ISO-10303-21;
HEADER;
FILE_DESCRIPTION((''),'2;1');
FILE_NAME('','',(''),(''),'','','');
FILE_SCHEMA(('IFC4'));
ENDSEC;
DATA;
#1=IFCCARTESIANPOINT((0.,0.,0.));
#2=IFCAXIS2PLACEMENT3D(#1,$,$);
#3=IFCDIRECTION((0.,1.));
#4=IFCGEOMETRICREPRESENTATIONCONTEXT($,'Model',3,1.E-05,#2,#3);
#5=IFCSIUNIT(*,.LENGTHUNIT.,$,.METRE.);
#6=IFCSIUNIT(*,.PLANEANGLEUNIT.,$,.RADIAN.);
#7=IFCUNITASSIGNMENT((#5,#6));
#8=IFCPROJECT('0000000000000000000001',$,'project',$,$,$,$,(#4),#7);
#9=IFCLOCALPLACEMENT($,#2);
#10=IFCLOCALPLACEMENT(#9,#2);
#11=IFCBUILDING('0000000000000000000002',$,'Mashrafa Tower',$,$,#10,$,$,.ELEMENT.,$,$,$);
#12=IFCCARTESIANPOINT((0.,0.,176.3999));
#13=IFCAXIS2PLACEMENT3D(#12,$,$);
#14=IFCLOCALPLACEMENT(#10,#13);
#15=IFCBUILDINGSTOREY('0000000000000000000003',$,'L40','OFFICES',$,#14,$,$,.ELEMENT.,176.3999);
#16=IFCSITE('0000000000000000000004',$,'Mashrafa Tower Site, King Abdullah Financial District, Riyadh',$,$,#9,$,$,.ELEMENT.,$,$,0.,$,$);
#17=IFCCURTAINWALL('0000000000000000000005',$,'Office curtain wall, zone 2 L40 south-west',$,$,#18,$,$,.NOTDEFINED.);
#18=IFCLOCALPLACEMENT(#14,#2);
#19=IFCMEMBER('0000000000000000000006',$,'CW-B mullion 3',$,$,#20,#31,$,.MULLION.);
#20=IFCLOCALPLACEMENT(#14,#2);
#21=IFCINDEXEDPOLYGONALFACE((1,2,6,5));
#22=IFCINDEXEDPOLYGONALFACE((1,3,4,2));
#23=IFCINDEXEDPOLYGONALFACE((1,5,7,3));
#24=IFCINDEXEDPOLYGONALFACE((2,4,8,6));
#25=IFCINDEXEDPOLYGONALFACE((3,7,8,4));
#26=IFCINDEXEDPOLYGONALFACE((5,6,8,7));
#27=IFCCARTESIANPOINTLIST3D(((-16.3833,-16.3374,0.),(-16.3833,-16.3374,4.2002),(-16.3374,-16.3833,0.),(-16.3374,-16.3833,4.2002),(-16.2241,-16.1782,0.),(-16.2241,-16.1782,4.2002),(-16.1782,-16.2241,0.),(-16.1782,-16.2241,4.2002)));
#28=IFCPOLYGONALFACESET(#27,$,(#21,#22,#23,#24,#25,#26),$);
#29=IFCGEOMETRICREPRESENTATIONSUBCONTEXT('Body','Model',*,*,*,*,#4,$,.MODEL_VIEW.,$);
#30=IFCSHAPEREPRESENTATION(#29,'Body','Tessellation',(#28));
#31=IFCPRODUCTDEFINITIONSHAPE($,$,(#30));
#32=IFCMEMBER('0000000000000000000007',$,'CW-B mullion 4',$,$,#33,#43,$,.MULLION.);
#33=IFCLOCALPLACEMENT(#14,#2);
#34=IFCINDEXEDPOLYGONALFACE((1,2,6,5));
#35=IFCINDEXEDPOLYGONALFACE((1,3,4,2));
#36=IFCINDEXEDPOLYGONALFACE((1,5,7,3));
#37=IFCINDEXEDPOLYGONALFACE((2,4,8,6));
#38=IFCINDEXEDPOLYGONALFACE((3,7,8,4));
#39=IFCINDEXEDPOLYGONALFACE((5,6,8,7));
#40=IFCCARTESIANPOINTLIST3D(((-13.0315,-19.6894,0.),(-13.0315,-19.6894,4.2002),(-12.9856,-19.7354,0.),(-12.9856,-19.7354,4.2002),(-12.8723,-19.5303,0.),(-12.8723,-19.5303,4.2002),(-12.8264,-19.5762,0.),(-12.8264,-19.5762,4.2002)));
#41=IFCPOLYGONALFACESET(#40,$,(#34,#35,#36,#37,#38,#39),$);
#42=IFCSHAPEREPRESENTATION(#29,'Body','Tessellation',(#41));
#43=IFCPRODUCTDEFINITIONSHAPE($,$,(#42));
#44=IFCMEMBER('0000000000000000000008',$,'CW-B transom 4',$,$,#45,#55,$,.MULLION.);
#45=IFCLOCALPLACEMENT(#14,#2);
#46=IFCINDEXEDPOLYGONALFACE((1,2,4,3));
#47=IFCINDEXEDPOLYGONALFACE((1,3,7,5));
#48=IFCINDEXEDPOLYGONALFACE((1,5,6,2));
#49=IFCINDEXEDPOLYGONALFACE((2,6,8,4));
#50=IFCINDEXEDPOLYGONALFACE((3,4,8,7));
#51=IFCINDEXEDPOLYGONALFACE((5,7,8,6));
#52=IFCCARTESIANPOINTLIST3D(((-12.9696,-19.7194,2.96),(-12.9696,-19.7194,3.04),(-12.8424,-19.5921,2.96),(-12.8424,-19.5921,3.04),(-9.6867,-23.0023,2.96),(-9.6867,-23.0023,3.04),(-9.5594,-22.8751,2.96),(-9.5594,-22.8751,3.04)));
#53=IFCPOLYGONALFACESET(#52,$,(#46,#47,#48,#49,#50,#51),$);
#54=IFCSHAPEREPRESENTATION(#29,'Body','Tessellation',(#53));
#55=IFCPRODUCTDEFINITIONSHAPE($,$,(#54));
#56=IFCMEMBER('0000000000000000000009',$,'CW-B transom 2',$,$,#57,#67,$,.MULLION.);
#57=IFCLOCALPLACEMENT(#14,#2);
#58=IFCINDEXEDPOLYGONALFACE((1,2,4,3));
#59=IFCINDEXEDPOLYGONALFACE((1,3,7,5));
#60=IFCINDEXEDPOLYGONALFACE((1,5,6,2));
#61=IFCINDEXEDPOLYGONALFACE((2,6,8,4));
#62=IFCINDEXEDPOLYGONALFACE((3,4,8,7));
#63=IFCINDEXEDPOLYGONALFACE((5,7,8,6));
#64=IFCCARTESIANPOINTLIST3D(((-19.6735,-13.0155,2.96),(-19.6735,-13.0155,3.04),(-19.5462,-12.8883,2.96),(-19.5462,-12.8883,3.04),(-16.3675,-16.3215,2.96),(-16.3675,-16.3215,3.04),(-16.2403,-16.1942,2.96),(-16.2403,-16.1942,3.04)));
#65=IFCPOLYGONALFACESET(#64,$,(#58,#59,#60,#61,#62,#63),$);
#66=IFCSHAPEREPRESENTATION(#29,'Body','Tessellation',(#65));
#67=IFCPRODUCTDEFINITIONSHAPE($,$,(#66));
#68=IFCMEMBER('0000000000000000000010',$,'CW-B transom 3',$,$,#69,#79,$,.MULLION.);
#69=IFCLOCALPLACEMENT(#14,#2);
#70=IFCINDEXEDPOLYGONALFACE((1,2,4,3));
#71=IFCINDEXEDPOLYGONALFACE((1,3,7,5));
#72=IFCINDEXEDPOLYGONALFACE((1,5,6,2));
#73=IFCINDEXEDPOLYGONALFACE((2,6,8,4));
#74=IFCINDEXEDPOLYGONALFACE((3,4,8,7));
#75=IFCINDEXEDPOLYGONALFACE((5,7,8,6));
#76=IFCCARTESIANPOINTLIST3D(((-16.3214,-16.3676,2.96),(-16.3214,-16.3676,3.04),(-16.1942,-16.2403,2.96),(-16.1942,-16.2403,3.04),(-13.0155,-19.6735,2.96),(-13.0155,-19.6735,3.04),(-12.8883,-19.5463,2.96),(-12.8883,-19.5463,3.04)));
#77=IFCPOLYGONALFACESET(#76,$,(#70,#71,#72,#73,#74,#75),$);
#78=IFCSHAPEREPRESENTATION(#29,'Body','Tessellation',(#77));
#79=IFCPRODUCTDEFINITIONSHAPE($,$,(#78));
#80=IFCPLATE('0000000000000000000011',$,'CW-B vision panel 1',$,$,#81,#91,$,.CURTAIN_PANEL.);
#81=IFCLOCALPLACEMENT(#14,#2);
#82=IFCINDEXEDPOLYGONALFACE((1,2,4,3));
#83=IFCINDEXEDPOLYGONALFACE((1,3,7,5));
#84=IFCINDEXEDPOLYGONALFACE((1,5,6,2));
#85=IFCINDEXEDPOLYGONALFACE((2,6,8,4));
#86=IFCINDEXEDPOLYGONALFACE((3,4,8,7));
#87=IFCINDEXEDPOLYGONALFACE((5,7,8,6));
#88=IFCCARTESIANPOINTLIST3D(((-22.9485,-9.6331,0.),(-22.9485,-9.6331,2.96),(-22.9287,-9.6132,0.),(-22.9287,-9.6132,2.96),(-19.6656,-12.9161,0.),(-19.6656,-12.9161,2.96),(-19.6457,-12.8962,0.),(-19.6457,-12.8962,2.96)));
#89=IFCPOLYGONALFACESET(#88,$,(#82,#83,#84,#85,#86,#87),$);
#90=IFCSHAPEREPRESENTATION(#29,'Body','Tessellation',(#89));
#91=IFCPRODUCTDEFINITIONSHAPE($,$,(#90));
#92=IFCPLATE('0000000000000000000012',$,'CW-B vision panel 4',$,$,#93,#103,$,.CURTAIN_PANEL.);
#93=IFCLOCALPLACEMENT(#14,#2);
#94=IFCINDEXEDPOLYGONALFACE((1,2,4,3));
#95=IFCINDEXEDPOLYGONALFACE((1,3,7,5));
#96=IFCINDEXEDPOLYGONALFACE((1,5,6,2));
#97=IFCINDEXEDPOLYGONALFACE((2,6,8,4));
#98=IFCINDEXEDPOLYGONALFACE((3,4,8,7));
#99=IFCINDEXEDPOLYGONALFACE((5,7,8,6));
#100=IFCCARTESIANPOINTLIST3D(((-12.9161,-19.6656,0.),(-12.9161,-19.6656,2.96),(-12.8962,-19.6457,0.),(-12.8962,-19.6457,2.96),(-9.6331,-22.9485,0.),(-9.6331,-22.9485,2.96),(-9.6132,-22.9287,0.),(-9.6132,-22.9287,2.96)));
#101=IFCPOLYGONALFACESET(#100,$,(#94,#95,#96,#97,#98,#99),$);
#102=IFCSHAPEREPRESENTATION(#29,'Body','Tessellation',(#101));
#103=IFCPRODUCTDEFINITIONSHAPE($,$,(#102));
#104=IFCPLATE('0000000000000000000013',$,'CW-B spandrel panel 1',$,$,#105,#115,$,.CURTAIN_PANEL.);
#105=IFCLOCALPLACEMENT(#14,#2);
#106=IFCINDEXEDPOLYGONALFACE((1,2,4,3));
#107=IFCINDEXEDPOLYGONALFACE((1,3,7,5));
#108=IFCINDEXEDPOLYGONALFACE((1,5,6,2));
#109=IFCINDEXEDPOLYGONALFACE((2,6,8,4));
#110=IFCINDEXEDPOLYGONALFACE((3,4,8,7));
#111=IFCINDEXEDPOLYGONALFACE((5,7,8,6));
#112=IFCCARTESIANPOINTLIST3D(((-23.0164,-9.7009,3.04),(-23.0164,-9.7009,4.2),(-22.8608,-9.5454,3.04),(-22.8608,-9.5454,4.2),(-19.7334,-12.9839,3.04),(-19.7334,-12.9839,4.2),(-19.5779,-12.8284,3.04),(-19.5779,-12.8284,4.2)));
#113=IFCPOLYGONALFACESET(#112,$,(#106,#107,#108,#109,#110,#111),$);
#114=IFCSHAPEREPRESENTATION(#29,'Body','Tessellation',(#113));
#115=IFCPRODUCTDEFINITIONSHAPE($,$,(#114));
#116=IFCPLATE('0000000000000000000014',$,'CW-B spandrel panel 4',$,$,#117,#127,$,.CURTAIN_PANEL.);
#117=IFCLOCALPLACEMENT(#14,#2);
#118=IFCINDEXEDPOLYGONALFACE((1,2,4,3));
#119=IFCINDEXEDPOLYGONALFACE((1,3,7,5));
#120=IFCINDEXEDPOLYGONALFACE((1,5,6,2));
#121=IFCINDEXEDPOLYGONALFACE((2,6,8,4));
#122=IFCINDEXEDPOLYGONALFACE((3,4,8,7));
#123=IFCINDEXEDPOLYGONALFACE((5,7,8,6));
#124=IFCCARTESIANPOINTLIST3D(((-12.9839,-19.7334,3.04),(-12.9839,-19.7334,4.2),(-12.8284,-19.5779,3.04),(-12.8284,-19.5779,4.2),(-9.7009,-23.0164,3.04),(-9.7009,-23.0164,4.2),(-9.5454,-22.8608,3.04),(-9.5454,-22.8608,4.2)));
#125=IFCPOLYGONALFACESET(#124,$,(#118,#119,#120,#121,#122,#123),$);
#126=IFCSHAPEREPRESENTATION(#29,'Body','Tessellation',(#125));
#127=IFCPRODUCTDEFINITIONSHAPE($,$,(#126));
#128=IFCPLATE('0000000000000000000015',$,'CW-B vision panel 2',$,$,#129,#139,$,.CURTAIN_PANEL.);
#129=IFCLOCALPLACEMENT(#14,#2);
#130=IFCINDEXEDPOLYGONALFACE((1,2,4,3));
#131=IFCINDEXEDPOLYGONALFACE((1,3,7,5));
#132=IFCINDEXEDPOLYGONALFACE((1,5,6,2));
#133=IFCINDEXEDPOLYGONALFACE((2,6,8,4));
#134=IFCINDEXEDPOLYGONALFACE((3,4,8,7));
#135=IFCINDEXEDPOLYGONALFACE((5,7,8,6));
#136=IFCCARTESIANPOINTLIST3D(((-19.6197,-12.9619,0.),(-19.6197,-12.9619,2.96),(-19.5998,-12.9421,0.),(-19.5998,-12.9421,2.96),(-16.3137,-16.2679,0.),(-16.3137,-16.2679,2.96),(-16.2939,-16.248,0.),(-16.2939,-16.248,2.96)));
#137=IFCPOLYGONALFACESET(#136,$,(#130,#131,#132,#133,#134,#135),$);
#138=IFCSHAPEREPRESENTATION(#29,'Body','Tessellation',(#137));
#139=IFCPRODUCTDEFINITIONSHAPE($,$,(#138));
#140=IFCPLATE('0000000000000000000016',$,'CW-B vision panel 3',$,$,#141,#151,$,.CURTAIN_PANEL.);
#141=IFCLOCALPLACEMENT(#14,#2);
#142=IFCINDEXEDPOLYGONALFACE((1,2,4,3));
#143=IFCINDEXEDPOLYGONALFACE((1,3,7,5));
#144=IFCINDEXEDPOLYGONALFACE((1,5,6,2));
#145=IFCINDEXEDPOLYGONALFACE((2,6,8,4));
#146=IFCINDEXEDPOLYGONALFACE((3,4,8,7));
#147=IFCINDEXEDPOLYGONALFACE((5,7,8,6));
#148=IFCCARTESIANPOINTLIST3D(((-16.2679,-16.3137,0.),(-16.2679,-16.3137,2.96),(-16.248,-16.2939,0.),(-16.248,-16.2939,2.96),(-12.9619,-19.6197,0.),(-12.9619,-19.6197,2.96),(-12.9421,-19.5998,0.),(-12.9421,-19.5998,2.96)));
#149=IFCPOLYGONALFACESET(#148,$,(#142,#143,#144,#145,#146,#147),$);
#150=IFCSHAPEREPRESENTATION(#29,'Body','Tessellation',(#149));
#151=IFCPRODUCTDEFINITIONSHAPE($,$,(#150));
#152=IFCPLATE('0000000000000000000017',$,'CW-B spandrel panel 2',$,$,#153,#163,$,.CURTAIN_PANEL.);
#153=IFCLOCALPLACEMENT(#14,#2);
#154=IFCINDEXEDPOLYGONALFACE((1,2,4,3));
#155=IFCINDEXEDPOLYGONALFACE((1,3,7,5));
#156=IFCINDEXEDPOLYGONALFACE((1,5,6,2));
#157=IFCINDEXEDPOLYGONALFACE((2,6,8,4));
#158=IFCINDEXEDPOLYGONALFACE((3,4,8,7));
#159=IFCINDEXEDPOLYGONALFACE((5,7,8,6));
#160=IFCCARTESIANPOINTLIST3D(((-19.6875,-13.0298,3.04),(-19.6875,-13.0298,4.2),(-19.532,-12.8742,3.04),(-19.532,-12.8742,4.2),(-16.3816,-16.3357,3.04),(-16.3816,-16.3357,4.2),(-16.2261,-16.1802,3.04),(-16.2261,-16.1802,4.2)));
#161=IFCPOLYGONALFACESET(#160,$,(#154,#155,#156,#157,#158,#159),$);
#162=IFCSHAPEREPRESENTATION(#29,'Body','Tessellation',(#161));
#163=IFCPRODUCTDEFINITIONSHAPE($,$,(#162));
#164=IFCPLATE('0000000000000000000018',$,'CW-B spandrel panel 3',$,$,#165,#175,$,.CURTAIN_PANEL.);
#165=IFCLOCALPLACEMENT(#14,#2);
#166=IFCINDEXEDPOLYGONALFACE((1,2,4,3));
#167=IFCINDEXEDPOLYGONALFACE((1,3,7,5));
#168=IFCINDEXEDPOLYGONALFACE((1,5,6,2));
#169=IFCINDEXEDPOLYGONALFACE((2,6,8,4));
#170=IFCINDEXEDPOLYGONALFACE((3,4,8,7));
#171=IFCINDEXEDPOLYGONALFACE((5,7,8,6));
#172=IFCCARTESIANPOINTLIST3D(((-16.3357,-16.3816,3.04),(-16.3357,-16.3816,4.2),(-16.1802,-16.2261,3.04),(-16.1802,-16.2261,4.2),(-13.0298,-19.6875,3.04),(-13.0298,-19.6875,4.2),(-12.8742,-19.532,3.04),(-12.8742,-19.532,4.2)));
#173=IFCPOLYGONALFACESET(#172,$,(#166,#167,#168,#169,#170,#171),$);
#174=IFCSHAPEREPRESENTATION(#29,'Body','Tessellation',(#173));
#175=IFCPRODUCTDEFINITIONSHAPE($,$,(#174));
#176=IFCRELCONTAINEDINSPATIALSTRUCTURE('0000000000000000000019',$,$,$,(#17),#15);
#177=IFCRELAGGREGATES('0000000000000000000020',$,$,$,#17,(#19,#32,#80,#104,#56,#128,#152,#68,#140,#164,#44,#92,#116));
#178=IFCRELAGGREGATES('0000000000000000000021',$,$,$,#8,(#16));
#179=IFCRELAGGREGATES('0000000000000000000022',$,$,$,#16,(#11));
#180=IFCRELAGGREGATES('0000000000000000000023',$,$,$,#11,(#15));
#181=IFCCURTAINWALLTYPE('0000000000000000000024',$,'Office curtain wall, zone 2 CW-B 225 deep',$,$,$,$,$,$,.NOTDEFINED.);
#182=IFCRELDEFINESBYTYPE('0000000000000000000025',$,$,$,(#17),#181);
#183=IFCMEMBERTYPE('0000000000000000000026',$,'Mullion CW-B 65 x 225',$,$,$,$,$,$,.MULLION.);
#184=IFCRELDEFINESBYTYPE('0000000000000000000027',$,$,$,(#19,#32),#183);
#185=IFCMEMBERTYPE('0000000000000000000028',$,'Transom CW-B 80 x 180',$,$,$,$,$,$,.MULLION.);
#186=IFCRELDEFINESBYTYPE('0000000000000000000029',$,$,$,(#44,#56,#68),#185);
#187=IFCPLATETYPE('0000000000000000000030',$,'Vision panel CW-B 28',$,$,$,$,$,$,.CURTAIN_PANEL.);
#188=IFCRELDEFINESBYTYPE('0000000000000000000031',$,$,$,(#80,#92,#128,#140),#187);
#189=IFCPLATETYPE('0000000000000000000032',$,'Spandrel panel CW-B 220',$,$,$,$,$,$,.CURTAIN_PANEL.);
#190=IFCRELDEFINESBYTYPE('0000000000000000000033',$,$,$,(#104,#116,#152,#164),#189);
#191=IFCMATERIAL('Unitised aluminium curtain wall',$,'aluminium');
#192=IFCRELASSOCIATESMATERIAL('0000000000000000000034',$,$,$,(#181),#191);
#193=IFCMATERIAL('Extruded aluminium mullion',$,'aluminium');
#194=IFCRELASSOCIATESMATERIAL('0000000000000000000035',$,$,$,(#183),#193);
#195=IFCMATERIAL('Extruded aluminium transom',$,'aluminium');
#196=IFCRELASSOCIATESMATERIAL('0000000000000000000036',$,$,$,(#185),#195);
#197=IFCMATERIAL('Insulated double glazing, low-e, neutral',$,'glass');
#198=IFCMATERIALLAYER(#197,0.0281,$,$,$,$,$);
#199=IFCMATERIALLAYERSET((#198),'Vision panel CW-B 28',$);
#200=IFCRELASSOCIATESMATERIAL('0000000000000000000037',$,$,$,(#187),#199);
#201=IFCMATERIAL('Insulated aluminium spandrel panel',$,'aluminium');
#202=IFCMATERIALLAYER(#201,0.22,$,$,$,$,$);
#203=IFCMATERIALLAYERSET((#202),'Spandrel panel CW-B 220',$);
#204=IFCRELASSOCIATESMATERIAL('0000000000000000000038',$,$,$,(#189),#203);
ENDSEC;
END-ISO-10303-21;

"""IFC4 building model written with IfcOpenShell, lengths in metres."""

from ifc_helpers import new_model, si_unit, direction, frame, origin, origin_2d, place, context, subcontext, project, spatial, rectangle, extrude, source, transform, mapped, material, layer, layer_set, material_profile, profile_set, type_object, type_shapes, element, aggregate, save


model = new_model("IFC4")

# Units and contexts
model_context = context("Model", 3, precision=1e-05, world=origin(), true_north=direction((0.0, 1.0)))
body_context = subcontext(model_context, "Body", "Model", "MODEL_VIEW")
ifc_project = project(units=[si_unit("LENGTHUNIT", "METRE"), si_unit("PLANEANGLEUNIT", "RADIAN")], contexts=[model_context])

# Site, building, storey
site_placement = place(None, origin())
site = spatial("IfcSite", under=ifc_project, at=site_placement, Name="Mashrafa Tower Site, King Abdullah Financial District, Riyadh", CompositionType="ELEMENT", RefElevation=0.0)
building_placement = place(site_placement, origin())
building = spatial("IfcBuilding", under=site, at=building_placement, Name="Mashrafa Tower", CompositionType="ELEMENT")
storey_placement = place(building_placement, frame((0.0, 0.0, 176.3999)))
storey = spatial("IfcBuildingStorey", under=building, at=storey_placement, Name="L40", Description="OFFICES", CompositionType="ELEMENT", Elevation=176.3999)

# Curtain wall, members, plates
ifc_material_1 = material(Name="Unitised aluminium curtain wall", Category="aluminium")
curtain_wall_type = type_object("IfcCurtainWallType", Name="Office curtain wall, zone 2 CW-B 225 deep", PredefinedType="NOTDEFINED", material=ifc_material_1)
curtain_wall_placement = place(storey_placement, origin())
curtain_wall = element("IfcCurtainWall", 1, at=curtain_wall_placement, inside=storey, type_object=curtain_wall_type, Name="Office curtain wall, zone 2 L40 south-west", PredefinedType="NOTDEFINED")
ifc_material_2 = material(Name="Extruded aluminium mullion", Category="aluminium")
ifc_material_profile_1 = material_profile(ifc_material_2, rectangle(XDim=0.2251, YDim=0.0649, at=origin_2d()), Name="Mullion 65x225")
ifc_profile_set_1 = profile_set([ifc_material_profile_1], Name="Extruded aluminium mullion")
member_type_1 = type_object("IfcMemberType", Name="Mullion CW-B 65 x 225", PredefinedType="MULLION", material=ifc_profile_set_1)
shared_shape_1 = source(origin(), body_context, "Body", "SweptSolid", [
    extrude(rectangle(XDim=0.2251, YDim=0.0649, at=origin_2d()), origin(), (0.0, 0.0, 1.0), 4.2002),
])
type_shapes(member_type_1, [shared_shape_1])
member_1_placement = place(storey_placement, frame((-16.2808, -16.2808, 0.0), z_axis=(0.0, 0.0, 1.0), x_axis=(0.707107, 0.707107, 0.0)))
member_1 = element("IfcMember", 2, at=member_1_placement, type_object=member_type_1, Name="CW-B mullion 3", PredefinedType="MULLION", context=body_context, shape_type="MappedRepresentation", body=[
    mapped(shared_shape_1, transform((0.0, 0.0, 0.0))),
])
member_2_placement = place(storey_placement, frame((-12.929, -19.6328, 0.0), z_axis=(0.0, 0.0, 1.0), x_axis=(0.707107, 0.707107, 0.0)))
member_2 = element("IfcMember", 3, at=member_2_placement, type_object=member_type_1, Name="CW-B mullion 4", PredefinedType="MULLION", context=body_context, shape_type="MappedRepresentation", body=[
    mapped(shared_shape_1, transform((0.0, 0.0, 0.0))),
])
ifc_material_3 = material(Name="Extruded aluminium transom", Category="aluminium")
ifc_material_profile_2 = material_profile(ifc_material_3, rectangle(XDim=0.1799, YDim=0.0801, at=origin_2d()), Name="Transom 80x180")
ifc_profile_set_2 = profile_set([ifc_material_profile_2], Name="Extruded aluminium transom")
member_type_2 = type_object("IfcMemberType", Name="Transom CW-B 80 x 180", PredefinedType="MULLION", material=ifc_profile_set_2)
shared_shape_2 = source(origin(), body_context, "Body", "SweptSolid", [
    extrude(rectangle(XDim=0.1799, YDim=0.0801, at=origin_2d()), origin(), (0.0, 0.0, 1.0), 4.6428),
])
member_3_placement = place(storey_placement, frame((-12.906, -19.6558, 3.0), z_axis=(0.707107, -0.707107, 0.0), x_axis=(0.707107, 0.707107, 0.0)))
member_3 = element("IfcMember", 4, at=member_3_placement, type_object=member_type_2, Name="CW-B transom 4", PredefinedType="MULLION", context=body_context, shape_type="MappedRepresentation", body=[
    mapped(shared_shape_2, transform((0.0, 0.0, 0.0))),
])
shared_shape_3 = source(origin(), body_context, "Body", "SweptSolid", [
    extrude(rectangle(XDim=0.1799, YDim=0.0801, at=origin_2d()), origin(), (0.0, 0.0, 1.0), 4.6753),
])
type_shapes(member_type_2, [shared_shape_2, shared_shape_3])
member_4_placement = place(storey_placement, frame((-19.6099, -12.9519, 3.0), z_axis=(0.707107, -0.707107, 0.0), x_axis=(0.707107, 0.707107, 0.0)))
member_4 = element("IfcMember", 5, at=member_4_placement, type_object=member_type_2, Name="CW-B transom 2", PredefinedType="MULLION", context=body_context, shape_type="MappedRepresentation", body=[
    mapped(shared_shape_3, transform((0.0, 0.0, 0.0))),
])
member_5_placement = place(storey_placement, frame((-16.2578, -16.304, 3.0), z_axis=(0.707107, -0.707107, 0.0), x_axis=(0.707107, 0.707107, 0.0)))
member_5 = element("IfcMember", 6, at=member_5_placement, type_object=member_type_2, Name="CW-B transom 3", PredefinedType="MULLION", context=body_context, shape_type="MappedRepresentation", body=[
    mapped(shared_shape_3, transform((0.0, 0.0, 0.0))),
])
ifc_material_4 = material(Name="Insulated double glazing, low-e, neutral", Category="glass")
ifc_layer_1 = layer(ifc_material_4, 0.0281)
ifc_layer_set_1 = layer_set([ifc_layer_1], Name="Vision panel CW-B 28")
plate_type_1 = type_object("IfcPlateType", Name="Vision panel CW-B 28", PredefinedType="CURTAIN_PANEL", material=ifc_layer_set_1)
shared_shape_4 = source(origin(), body_context, "Body", "SweptSolid", [
    extrude(rectangle(XDim=4.6428, YDim=0.0281, at=origin_2d()), origin(), (0.0, 0.0, 1.0), 2.96),
])
plate_1_placement = place(storey_placement, frame((-21.2971, -11.2646, 0.0), z_axis=(0.0, 0.0, 1.0), x_axis=(0.707107, -0.707107, 0.0)))
plate_1 = element("IfcPlate", 7, at=plate_1_placement, type_object=plate_type_1, Name="CW-B vision panel 1", PredefinedType="CURTAIN_PANEL", context=body_context, shape_type="MappedRepresentation", body=[
    mapped(shared_shape_4, transform((0.0, 0.0, 0.0))),
])
plate_2_placement = place(storey_placement, frame((-11.2646, -21.2971, 0.0), z_axis=(0.0, 0.0, 1.0), x_axis=(0.707107, -0.707107, 0.0)))
plate_2 = element("IfcPlate", 8, at=plate_2_placement, type_object=plate_type_1, Name="CW-B vision panel 4", PredefinedType="CURTAIN_PANEL", context=body_context, shape_type="MappedRepresentation", body=[
    mapped(shared_shape_4, transform((0.0, 0.0, 0.0))),
])
ifc_material_5 = material(Name="Insulated aluminium spandrel panel", Category="aluminium")
ifc_layer_2 = layer(ifc_material_5, 0.22)
ifc_layer_set_2 = layer_set([ifc_layer_2], Name="Spandrel panel CW-B 220")
plate_type_2 = type_object("IfcPlateType", Name="Spandrel panel CW-B 220", PredefinedType="CURTAIN_PANEL", material=ifc_layer_set_2)
shared_shape_5 = source(origin(), body_context, "Body", "SweptSolid", [
    extrude(rectangle(XDim=4.6428, YDim=0.22, at=origin_2d()), origin(), (0.0, 0.0, 1.0), 1.1599),
])
plate_3_placement = place(storey_placement, frame((-21.2971, -11.2646, 3.04), z_axis=(0.0, 0.0, 1.0), x_axis=(0.707107, -0.707107, 0.0)))
plate_3 = element("IfcPlate", 9, at=plate_3_placement, type_object=plate_type_2, Name="CW-B spandrel panel 1", PredefinedType="CURTAIN_PANEL", context=body_context, shape_type="MappedRepresentation", body=[
    mapped(shared_shape_5, transform((0.0, 0.0, 0.0))),
])
plate_4_placement = place(storey_placement, frame((-11.2646, -21.2971, 3.04), z_axis=(0.0, 0.0, 1.0), x_axis=(0.707107, -0.707107, 0.0)))
plate_4 = element("IfcPlate", 10, at=plate_4_placement, type_object=plate_type_2, Name="CW-B spandrel panel 4", PredefinedType="CURTAIN_PANEL", context=body_context, shape_type="MappedRepresentation", body=[
    mapped(shared_shape_5, transform((0.0, 0.0, 0.0))),
])
shared_shape_6 = source(origin(), body_context, "Body", "SweptSolid", [
    extrude(rectangle(XDim=4.6753, YDim=0.0281, at=origin_2d()), origin(), (0.0, 0.0, 1.0), 2.96),
])
type_shapes(plate_type_1, [shared_shape_4, shared_shape_6])
plate_5_placement = place(storey_placement, frame((-17.9568, -14.605, 0.0), z_axis=(0.0, 0.0, 1.0), x_axis=(0.707107, -0.707107, 0.0)))
plate_5 = element("IfcPlate", 11, at=plate_5_placement, type_object=plate_type_1, Name="CW-B vision panel 2", PredefinedType="CURTAIN_PANEL", context=body_context, shape_type="MappedRepresentation", body=[
    mapped(shared_shape_6, transform((0.0, 0.0, 0.0))),
])
plate_6_placement = place(storey_placement, frame((-14.605, -17.9568, 0.0), z_axis=(0.0, 0.0, 1.0), x_axis=(0.707107, -0.707107, 0.0)))
plate_6 = element("IfcPlate", 12, at=plate_6_placement, type_object=plate_type_1, Name="CW-B vision panel 3", PredefinedType="CURTAIN_PANEL", context=body_context, shape_type="MappedRepresentation", body=[
    mapped(shared_shape_6, transform((0.0, 0.0, 0.0))),
])
shared_shape_7 = source(origin(), body_context, "Body", "SweptSolid", [
    extrude(rectangle(XDim=4.6753, YDim=0.22, at=origin_2d()), origin(), (0.0, 0.0, 1.0), 1.1599),
])
type_shapes(plate_type_2, [shared_shape_5, shared_shape_7])
plate_7_placement = place(storey_placement, frame((-17.9568, -14.605, 3.04), z_axis=(0.0, 0.0, 1.0), x_axis=(0.707107, -0.707107, 0.0)))
plate_7 = element("IfcPlate", 13, at=plate_7_placement, type_object=plate_type_2, Name="CW-B spandrel panel 2", PredefinedType="CURTAIN_PANEL", context=body_context, shape_type="MappedRepresentation", body=[
    mapped(shared_shape_7, transform((0.0, 0.0, 0.0))),
])
plate_8_placement = place(storey_placement, frame((-14.605, -17.9568, 3.04), z_axis=(0.0, 0.0, 1.0), x_axis=(0.707107, -0.707107, 0.0)))
plate_8 = element("IfcPlate", 14, at=plate_8_placement, type_object=plate_type_2, Name="CW-B spandrel panel 3", PredefinedType="CURTAIN_PANEL", context=body_context, shape_type="MappedRepresentation", body=[
    mapped(shared_shape_7, transform((0.0, 0.0, 0.0))),
])
aggregate(curtain_wall, [member_1, member_2, plate_1, plate_3, member_4, plate_5, plate_7, member_5, plate_6, plate_8, member_3, plate_2, plate_4])

save(model, "model.ifc")
